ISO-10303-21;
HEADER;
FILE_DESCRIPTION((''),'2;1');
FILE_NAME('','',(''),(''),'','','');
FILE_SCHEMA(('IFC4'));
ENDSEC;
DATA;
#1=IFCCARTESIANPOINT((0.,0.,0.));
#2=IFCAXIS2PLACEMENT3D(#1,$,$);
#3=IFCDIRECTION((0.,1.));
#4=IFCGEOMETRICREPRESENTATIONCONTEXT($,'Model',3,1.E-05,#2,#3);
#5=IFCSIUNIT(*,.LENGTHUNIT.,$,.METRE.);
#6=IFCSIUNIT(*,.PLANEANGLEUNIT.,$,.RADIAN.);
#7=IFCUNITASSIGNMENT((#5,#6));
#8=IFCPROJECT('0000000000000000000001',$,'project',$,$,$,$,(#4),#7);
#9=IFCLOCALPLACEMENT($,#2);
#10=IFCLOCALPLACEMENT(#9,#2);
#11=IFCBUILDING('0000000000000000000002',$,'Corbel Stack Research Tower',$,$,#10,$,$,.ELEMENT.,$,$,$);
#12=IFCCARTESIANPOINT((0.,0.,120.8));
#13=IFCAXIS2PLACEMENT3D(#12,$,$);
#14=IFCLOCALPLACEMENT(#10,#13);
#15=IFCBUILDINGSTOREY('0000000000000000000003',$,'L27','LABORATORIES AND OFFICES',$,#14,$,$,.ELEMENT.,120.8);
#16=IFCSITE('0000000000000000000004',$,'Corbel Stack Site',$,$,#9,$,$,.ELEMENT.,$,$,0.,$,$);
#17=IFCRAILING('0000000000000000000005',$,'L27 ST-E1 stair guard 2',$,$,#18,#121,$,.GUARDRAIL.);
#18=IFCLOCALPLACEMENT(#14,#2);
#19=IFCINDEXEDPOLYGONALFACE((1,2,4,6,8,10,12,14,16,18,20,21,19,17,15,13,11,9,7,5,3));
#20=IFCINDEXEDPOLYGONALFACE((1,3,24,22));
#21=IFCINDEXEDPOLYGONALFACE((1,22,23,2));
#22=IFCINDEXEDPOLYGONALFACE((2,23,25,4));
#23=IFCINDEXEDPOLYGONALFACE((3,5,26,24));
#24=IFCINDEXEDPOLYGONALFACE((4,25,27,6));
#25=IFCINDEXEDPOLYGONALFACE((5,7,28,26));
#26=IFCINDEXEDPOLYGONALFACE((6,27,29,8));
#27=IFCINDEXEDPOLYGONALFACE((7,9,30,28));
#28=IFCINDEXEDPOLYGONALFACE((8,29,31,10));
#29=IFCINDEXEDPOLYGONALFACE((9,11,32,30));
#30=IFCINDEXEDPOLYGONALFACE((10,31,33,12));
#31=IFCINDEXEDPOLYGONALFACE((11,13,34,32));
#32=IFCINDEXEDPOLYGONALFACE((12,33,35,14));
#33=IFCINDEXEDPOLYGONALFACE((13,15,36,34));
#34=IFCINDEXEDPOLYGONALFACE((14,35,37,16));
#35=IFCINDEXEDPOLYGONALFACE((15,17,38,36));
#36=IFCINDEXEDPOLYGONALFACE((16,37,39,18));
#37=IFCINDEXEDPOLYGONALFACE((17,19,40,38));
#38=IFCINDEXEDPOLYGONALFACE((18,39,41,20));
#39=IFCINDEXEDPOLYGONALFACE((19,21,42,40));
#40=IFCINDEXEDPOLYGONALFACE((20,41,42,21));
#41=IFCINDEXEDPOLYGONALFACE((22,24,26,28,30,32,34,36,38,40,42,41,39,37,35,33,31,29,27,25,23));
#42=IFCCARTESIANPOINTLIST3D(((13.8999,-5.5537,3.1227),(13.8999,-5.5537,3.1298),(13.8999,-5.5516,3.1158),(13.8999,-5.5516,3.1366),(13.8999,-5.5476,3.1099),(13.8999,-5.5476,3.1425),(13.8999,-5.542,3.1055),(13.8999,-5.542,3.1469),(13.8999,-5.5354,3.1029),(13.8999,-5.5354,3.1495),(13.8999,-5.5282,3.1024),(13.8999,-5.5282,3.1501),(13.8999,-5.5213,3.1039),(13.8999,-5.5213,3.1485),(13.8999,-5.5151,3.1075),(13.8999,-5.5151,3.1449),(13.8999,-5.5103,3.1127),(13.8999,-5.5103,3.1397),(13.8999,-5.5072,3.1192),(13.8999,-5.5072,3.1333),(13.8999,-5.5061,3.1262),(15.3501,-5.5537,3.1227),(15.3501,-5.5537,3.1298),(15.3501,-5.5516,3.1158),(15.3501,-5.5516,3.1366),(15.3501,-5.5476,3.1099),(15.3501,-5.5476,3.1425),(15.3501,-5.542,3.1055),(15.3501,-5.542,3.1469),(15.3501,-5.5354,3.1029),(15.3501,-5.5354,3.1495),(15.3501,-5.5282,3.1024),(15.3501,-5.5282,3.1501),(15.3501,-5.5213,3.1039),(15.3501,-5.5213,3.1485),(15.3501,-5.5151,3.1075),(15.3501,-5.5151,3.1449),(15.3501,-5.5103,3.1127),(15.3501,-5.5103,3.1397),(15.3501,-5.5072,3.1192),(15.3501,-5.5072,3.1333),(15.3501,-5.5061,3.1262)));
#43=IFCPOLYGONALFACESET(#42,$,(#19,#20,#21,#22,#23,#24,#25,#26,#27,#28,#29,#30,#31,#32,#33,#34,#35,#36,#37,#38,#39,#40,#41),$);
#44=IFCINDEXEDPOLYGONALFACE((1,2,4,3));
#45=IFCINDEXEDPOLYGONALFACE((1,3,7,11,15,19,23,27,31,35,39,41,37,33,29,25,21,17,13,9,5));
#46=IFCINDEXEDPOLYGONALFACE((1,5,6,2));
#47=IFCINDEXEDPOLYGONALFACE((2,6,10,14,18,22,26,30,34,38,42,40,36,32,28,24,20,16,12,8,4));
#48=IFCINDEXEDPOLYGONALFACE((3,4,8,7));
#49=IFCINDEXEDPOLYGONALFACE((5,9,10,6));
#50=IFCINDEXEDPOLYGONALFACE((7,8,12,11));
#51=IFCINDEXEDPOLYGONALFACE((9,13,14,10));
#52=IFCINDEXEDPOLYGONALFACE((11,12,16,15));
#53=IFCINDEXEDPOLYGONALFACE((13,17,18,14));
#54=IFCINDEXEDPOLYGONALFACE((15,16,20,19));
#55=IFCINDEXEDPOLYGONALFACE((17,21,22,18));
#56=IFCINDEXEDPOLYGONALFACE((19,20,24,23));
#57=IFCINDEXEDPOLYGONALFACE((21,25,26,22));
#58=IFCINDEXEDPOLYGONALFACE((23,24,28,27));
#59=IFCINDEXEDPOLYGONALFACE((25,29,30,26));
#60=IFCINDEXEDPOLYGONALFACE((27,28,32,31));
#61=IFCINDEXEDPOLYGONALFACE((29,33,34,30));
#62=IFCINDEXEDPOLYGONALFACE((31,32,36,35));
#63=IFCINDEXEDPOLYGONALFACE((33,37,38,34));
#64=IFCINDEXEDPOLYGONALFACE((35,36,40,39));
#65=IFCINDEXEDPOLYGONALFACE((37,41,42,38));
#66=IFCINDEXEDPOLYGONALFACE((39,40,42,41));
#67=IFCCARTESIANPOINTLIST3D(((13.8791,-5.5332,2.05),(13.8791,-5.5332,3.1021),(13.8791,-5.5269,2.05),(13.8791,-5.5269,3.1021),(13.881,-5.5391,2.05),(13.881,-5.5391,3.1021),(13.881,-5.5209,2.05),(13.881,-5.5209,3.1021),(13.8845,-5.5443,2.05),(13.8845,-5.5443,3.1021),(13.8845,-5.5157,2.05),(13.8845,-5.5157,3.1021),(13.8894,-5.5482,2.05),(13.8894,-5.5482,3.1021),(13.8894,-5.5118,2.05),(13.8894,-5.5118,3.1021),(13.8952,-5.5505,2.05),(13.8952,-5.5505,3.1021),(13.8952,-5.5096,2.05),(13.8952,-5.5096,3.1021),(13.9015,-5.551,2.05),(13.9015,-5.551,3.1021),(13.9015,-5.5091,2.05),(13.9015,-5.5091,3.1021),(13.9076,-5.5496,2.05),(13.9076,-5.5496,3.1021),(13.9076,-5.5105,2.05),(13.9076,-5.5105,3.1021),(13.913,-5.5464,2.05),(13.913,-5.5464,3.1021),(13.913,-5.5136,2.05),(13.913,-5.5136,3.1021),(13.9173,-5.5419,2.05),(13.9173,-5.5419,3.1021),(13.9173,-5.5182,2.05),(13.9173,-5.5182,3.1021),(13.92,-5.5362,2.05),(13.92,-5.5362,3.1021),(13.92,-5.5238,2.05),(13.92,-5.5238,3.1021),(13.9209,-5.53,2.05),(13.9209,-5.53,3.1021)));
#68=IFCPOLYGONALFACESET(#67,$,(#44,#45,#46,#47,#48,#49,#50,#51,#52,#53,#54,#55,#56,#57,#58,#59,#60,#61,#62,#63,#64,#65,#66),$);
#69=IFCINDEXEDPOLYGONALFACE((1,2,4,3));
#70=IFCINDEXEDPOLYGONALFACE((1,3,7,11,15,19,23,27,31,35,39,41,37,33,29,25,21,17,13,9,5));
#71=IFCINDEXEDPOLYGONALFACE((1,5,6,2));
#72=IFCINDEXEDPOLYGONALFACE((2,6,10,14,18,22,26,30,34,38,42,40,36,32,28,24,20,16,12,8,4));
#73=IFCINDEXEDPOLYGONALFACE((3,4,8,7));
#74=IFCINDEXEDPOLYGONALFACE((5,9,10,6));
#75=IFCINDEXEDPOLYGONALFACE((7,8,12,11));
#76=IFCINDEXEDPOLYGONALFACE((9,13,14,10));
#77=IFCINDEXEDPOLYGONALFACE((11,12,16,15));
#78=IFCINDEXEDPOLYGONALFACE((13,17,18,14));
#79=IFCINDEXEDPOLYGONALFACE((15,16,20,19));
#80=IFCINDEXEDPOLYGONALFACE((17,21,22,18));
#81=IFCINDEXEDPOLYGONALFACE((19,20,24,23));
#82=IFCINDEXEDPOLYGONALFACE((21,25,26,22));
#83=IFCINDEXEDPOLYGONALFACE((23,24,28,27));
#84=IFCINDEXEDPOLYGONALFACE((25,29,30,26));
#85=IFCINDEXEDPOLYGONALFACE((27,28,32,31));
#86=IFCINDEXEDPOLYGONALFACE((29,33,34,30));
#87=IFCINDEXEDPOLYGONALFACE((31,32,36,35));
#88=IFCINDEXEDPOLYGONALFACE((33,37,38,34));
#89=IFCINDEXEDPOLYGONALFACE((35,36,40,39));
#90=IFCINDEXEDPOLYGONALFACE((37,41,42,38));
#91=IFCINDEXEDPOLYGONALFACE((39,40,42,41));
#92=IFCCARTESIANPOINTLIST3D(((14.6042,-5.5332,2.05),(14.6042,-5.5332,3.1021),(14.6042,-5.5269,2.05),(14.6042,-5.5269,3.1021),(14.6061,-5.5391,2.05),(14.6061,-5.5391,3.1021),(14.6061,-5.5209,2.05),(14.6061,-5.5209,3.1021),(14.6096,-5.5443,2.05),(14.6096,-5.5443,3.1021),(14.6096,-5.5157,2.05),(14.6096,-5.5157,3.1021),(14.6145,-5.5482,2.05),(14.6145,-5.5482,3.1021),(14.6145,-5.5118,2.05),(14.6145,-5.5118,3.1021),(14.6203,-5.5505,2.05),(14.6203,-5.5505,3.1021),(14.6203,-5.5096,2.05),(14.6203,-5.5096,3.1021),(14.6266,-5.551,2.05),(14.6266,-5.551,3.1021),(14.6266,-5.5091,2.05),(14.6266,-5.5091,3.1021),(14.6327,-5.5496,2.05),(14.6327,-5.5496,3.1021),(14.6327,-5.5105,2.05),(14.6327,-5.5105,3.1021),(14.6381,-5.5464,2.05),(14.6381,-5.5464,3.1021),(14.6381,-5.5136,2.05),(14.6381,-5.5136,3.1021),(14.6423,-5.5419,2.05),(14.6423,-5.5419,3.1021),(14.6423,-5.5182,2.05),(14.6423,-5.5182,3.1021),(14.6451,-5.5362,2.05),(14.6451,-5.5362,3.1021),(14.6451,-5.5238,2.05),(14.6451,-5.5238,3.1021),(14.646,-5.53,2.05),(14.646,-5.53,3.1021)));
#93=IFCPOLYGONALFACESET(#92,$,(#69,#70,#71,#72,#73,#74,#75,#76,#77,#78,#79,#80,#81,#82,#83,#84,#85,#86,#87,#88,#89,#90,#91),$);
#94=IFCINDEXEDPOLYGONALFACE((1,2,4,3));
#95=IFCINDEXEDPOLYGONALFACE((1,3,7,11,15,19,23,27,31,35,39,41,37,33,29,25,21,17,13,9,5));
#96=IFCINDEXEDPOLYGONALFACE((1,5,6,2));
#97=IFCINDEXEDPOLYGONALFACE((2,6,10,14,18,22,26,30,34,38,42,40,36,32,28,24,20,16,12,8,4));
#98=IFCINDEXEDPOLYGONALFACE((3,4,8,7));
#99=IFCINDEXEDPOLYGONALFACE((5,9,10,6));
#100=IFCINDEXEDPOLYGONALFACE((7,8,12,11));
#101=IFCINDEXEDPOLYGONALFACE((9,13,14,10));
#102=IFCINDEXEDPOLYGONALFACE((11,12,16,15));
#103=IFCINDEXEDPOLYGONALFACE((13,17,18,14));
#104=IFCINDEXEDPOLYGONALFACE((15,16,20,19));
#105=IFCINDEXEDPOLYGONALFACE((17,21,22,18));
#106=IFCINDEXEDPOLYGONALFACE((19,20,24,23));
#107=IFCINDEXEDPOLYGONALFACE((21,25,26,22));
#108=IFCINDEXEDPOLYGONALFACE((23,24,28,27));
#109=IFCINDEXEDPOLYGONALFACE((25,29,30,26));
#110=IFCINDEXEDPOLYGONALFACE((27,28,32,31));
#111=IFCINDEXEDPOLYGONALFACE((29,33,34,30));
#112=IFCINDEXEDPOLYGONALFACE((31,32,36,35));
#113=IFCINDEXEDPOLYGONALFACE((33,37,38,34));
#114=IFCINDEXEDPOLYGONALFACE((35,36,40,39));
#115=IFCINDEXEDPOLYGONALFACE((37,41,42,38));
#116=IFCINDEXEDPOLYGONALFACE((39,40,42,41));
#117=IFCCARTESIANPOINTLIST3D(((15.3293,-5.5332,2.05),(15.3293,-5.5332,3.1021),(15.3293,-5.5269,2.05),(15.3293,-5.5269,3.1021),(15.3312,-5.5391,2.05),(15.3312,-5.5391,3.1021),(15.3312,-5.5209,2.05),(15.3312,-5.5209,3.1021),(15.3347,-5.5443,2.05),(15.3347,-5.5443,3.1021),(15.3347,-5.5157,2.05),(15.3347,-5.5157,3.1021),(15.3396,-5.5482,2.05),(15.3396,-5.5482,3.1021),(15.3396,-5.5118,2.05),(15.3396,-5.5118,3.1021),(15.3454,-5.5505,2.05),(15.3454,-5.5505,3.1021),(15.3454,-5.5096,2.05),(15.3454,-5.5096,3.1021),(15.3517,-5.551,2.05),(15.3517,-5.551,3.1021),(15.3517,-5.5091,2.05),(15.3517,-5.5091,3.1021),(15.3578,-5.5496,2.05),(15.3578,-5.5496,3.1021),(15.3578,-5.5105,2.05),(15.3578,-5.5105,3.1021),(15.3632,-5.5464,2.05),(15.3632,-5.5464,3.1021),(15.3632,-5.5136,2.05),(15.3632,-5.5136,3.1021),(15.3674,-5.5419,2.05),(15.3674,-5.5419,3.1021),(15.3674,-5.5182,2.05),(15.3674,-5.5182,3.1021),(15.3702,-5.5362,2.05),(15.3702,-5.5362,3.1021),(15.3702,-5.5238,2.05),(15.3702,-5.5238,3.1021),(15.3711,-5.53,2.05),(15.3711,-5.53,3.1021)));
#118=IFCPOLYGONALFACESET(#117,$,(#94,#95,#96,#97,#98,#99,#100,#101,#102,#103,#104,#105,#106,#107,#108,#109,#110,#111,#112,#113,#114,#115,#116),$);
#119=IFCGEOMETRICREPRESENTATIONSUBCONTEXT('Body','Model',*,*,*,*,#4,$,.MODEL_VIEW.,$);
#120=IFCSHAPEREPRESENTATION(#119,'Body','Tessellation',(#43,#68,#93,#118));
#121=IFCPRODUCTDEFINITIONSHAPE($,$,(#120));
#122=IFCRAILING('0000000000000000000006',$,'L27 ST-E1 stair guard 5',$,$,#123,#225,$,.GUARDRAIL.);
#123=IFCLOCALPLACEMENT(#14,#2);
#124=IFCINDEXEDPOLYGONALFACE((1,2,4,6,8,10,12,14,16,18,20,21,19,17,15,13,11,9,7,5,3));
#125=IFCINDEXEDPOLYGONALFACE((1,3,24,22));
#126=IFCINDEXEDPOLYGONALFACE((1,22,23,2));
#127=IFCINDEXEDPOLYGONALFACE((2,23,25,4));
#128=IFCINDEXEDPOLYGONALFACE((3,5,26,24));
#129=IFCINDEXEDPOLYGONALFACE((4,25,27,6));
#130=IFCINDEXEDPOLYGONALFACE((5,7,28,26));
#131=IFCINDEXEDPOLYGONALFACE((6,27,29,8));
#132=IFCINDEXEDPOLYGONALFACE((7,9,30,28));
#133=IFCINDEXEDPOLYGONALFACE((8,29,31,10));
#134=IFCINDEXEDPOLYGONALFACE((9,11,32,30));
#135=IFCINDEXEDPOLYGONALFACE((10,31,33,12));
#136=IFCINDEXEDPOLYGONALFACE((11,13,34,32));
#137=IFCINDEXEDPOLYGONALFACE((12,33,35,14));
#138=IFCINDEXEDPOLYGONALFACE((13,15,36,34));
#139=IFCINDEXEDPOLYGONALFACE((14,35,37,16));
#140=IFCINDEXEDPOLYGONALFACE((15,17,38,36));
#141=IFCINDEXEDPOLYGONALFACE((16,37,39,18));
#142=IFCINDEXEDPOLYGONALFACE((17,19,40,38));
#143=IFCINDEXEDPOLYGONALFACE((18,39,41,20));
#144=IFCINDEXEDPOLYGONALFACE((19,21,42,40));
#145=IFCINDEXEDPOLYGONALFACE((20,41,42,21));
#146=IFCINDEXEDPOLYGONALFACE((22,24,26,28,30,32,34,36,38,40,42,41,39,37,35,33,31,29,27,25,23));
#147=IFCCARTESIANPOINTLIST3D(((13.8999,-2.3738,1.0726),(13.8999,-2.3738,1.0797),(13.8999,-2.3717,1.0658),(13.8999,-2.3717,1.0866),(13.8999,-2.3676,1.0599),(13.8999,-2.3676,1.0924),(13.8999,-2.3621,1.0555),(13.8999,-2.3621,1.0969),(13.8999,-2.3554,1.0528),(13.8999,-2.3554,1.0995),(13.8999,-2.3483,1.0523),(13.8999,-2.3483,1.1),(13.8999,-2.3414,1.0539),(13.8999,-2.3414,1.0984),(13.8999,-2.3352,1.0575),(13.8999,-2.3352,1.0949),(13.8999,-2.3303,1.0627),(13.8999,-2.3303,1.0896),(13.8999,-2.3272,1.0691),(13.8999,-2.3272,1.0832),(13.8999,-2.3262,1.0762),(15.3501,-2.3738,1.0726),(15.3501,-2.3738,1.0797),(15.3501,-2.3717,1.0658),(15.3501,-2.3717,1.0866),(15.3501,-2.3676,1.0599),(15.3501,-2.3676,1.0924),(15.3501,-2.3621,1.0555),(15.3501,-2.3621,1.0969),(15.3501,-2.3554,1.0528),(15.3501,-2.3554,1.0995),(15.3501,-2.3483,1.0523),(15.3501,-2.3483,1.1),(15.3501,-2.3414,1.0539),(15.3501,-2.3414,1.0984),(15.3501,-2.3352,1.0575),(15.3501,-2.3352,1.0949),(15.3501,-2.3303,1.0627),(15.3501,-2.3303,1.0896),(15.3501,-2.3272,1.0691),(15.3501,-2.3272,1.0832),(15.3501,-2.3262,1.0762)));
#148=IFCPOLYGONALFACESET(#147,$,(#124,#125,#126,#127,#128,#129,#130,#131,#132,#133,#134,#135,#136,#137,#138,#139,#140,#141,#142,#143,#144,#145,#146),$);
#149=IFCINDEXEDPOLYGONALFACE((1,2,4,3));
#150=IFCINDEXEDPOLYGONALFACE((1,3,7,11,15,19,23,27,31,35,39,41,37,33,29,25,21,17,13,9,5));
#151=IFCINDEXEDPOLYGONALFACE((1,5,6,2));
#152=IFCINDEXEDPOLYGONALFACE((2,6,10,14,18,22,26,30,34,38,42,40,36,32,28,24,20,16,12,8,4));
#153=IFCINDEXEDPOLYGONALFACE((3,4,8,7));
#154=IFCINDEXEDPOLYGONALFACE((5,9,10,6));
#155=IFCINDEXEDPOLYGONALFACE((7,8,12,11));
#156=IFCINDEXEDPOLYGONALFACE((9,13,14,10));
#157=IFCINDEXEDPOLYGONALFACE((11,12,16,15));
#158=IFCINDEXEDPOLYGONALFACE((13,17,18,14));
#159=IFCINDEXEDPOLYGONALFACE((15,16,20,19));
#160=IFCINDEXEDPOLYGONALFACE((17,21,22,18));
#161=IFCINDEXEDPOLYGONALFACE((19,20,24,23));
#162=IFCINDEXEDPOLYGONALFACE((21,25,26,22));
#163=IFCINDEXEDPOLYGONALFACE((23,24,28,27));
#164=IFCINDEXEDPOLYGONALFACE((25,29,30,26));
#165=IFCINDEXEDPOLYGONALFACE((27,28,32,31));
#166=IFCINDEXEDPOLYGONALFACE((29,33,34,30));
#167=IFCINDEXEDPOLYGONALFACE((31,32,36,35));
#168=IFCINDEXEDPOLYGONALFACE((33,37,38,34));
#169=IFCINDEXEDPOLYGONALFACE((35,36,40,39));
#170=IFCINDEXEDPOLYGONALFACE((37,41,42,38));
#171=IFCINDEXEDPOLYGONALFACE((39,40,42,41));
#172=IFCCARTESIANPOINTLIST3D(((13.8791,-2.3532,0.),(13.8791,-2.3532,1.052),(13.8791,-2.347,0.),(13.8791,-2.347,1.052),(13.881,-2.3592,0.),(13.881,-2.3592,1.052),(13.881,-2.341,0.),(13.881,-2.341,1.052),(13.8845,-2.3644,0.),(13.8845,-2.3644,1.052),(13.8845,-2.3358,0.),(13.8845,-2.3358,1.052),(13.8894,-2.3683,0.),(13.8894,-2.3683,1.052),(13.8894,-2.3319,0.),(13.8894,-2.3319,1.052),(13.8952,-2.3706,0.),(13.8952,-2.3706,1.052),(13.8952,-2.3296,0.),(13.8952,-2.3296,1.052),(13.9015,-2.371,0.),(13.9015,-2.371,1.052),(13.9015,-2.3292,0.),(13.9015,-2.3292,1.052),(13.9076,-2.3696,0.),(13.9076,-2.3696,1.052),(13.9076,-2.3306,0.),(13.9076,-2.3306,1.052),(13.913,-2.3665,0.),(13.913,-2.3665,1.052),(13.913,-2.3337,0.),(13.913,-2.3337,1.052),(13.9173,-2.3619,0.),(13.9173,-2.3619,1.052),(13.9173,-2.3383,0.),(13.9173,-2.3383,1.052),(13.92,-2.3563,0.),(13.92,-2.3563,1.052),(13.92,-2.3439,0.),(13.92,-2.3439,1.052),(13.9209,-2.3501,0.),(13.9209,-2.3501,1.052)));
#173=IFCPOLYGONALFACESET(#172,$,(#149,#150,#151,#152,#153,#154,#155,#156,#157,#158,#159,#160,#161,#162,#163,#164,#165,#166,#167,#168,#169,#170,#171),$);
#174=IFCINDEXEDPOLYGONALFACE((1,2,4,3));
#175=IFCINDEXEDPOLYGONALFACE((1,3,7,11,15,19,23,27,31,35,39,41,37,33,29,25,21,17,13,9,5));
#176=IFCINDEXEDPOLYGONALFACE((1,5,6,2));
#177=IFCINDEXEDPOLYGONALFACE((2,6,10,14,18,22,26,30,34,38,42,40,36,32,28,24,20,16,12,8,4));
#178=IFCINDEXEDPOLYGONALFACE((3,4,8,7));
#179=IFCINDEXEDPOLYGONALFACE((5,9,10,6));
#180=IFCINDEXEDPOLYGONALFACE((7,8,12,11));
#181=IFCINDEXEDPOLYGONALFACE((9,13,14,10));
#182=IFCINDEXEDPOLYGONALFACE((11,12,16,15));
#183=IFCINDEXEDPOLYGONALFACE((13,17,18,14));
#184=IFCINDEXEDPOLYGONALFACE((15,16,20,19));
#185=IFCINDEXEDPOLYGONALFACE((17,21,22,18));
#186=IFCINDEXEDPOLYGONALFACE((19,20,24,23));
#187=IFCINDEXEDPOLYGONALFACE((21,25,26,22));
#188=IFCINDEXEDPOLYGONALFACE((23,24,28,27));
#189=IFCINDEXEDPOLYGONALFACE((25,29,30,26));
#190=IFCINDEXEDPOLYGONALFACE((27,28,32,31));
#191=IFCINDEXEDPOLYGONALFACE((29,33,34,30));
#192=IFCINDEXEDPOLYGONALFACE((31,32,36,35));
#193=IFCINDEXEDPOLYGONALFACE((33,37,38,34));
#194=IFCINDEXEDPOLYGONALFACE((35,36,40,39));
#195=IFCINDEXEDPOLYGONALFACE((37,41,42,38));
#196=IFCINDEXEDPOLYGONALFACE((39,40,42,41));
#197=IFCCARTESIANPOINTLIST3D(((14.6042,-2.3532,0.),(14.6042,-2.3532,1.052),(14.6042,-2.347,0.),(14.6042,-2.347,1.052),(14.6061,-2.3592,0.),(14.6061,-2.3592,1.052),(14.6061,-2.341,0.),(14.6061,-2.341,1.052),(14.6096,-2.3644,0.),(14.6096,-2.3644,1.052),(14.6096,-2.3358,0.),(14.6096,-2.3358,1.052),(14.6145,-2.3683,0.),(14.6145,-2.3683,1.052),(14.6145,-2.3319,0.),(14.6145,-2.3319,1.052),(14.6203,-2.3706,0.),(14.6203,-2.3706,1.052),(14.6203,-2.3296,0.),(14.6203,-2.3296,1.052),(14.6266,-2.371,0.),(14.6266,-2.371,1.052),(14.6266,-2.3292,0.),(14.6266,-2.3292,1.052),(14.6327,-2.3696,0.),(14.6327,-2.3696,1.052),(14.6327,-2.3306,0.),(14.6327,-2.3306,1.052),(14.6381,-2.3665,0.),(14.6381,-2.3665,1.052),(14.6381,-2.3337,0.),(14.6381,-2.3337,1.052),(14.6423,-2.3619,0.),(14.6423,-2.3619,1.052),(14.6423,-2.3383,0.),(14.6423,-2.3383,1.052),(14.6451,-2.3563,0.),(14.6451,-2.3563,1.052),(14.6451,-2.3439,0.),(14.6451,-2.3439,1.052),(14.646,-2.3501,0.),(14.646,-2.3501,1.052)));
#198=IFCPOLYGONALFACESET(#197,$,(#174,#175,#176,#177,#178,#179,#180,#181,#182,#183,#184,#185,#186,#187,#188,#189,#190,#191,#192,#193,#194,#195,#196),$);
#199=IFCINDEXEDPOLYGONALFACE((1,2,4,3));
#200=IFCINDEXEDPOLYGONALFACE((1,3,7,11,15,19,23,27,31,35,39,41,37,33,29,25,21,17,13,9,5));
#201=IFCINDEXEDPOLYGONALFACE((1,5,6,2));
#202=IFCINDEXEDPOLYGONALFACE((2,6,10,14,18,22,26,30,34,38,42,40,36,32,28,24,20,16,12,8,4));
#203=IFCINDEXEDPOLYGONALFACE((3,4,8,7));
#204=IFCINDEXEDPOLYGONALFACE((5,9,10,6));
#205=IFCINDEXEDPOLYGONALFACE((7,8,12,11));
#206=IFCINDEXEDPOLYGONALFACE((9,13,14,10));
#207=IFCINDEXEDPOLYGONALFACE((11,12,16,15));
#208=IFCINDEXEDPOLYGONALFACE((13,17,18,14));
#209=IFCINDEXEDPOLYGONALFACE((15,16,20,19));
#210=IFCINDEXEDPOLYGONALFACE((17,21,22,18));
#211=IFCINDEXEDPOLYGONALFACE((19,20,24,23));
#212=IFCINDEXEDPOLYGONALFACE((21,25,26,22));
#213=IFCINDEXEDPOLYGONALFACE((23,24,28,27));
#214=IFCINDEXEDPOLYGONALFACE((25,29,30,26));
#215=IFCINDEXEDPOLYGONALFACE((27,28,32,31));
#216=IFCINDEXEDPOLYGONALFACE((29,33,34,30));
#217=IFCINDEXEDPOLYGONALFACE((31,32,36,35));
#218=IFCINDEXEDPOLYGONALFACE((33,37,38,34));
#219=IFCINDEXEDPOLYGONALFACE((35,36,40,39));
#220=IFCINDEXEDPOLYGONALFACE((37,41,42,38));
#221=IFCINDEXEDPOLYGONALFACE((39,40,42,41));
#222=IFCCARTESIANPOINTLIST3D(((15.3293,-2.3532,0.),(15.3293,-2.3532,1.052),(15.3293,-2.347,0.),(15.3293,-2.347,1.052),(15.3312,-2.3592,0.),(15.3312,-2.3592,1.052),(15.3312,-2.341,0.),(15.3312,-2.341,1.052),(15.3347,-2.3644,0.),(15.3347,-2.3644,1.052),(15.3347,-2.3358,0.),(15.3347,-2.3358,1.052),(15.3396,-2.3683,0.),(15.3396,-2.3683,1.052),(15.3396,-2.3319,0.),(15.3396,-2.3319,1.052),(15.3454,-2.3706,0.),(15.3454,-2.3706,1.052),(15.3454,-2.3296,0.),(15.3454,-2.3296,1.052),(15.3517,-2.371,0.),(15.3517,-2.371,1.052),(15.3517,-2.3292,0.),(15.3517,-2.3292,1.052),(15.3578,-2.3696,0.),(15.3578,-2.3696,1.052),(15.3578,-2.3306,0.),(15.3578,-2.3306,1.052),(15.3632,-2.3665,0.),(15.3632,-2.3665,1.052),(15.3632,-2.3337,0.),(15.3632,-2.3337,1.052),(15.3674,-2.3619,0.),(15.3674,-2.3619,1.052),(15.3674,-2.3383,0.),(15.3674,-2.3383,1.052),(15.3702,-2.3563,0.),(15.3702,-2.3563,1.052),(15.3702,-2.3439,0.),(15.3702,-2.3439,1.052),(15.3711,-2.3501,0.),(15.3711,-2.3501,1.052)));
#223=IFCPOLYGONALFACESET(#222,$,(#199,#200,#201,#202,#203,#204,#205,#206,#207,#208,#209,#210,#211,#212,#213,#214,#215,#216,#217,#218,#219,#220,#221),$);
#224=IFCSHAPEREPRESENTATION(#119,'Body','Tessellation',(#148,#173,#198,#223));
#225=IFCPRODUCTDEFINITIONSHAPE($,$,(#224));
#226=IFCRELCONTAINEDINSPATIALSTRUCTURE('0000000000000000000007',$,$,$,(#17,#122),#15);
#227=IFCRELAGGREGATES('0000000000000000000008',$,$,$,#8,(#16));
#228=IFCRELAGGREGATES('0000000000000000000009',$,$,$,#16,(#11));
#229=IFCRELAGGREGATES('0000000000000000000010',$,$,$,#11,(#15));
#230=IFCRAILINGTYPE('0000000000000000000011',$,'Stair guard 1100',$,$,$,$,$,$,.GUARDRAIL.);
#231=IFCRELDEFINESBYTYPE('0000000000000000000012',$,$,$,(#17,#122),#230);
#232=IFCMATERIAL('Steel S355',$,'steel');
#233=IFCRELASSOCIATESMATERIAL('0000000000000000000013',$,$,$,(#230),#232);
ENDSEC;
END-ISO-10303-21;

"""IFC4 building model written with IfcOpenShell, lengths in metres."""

from ifc_helpers import new_model, si_unit, direction, frame, origin, origin_2d, place, context, subcontext, project, spatial, circle, extrude, material, type_object, element, save


model = new_model("IFC4")

# Units and contexts
model_context = context("Model", 3, precision=1e-05, world=origin(), true_north=direction((0.0, 1.0)))
body_context = subcontext(model_context, "Body", "Model", "MODEL_VIEW")
ifc_project = project(units=[si_unit("LENGTHUNIT", "METRE"), si_unit("PLANEANGLEUNIT", "RADIAN")], contexts=[model_context])

# Site, building, storey
site_placement = place(None, origin())
site = spatial("IfcSite", under=ifc_project, at=site_placement, Name="Corbel Stack Site", CompositionType="ELEMENT", RefElevation=0.0)
building_placement = place(site_placement, origin())
building = spatial("IfcBuilding", under=site, at=building_placement, Name="Corbel Stack Research Tower", CompositionType="ELEMENT")
storey_placement = place(building_placement, frame((0.0, 0.0, 120.8)))
storey = spatial("IfcBuildingStorey", under=building, at=storey_placement, Name="L27", Description="LABORATORIES AND OFFICES", CompositionType="ELEMENT", Elevation=120.8)

# Railings
ifc_material_1 = material(Name="Steel S355", Category="steel")
railing_type_1 = type_object("IfcRailingType", Name="Stair guard 1100", PredefinedType="GUARDRAIL", material=ifc_material_1)
for number, where, name in (
    (1, (13.8999, -5.53, 2.05), "L27 ST-E1 stair guard 2"),
    (2, (13.8999, -2.3501, 0.0), "L27 ST-E1 stair guard 5"),
):
    element("IfcRailing", number, at=place(storey_placement, frame(where)), inside=storey, type_object=railing_type_1, Name=name, PredefinedType="GUARDRAIL", context=body_context, shape_type="SweptSolid", body=[
        extrude(circle(Radius=0.0239, at=origin_2d()), frame((0.0, 0.0, 1.0762), z_axis=(1.0, 0.0, 0.0), x_axis=(0.0, 1.0, 0.0)), (0.0, 0.0, 1.0), 1.4502),
        extrude(circle(Radius=0.021, at=origin_2d()), origin(), (0.0, 0.0, 1.0), 1.052),
        extrude(circle(Radius=0.021, at=origin_2d()), frame((0.7251, 0.0, 0.0)), (0.0, 0.0, 1.0), 1.052),
        extrude(circle(Radius=0.021, at=origin_2d()), frame((1.4502, 0.0, 0.0)), (0.0, 0.0, 1.0), 1.052),
    ])

save(model, "model.ifc")
